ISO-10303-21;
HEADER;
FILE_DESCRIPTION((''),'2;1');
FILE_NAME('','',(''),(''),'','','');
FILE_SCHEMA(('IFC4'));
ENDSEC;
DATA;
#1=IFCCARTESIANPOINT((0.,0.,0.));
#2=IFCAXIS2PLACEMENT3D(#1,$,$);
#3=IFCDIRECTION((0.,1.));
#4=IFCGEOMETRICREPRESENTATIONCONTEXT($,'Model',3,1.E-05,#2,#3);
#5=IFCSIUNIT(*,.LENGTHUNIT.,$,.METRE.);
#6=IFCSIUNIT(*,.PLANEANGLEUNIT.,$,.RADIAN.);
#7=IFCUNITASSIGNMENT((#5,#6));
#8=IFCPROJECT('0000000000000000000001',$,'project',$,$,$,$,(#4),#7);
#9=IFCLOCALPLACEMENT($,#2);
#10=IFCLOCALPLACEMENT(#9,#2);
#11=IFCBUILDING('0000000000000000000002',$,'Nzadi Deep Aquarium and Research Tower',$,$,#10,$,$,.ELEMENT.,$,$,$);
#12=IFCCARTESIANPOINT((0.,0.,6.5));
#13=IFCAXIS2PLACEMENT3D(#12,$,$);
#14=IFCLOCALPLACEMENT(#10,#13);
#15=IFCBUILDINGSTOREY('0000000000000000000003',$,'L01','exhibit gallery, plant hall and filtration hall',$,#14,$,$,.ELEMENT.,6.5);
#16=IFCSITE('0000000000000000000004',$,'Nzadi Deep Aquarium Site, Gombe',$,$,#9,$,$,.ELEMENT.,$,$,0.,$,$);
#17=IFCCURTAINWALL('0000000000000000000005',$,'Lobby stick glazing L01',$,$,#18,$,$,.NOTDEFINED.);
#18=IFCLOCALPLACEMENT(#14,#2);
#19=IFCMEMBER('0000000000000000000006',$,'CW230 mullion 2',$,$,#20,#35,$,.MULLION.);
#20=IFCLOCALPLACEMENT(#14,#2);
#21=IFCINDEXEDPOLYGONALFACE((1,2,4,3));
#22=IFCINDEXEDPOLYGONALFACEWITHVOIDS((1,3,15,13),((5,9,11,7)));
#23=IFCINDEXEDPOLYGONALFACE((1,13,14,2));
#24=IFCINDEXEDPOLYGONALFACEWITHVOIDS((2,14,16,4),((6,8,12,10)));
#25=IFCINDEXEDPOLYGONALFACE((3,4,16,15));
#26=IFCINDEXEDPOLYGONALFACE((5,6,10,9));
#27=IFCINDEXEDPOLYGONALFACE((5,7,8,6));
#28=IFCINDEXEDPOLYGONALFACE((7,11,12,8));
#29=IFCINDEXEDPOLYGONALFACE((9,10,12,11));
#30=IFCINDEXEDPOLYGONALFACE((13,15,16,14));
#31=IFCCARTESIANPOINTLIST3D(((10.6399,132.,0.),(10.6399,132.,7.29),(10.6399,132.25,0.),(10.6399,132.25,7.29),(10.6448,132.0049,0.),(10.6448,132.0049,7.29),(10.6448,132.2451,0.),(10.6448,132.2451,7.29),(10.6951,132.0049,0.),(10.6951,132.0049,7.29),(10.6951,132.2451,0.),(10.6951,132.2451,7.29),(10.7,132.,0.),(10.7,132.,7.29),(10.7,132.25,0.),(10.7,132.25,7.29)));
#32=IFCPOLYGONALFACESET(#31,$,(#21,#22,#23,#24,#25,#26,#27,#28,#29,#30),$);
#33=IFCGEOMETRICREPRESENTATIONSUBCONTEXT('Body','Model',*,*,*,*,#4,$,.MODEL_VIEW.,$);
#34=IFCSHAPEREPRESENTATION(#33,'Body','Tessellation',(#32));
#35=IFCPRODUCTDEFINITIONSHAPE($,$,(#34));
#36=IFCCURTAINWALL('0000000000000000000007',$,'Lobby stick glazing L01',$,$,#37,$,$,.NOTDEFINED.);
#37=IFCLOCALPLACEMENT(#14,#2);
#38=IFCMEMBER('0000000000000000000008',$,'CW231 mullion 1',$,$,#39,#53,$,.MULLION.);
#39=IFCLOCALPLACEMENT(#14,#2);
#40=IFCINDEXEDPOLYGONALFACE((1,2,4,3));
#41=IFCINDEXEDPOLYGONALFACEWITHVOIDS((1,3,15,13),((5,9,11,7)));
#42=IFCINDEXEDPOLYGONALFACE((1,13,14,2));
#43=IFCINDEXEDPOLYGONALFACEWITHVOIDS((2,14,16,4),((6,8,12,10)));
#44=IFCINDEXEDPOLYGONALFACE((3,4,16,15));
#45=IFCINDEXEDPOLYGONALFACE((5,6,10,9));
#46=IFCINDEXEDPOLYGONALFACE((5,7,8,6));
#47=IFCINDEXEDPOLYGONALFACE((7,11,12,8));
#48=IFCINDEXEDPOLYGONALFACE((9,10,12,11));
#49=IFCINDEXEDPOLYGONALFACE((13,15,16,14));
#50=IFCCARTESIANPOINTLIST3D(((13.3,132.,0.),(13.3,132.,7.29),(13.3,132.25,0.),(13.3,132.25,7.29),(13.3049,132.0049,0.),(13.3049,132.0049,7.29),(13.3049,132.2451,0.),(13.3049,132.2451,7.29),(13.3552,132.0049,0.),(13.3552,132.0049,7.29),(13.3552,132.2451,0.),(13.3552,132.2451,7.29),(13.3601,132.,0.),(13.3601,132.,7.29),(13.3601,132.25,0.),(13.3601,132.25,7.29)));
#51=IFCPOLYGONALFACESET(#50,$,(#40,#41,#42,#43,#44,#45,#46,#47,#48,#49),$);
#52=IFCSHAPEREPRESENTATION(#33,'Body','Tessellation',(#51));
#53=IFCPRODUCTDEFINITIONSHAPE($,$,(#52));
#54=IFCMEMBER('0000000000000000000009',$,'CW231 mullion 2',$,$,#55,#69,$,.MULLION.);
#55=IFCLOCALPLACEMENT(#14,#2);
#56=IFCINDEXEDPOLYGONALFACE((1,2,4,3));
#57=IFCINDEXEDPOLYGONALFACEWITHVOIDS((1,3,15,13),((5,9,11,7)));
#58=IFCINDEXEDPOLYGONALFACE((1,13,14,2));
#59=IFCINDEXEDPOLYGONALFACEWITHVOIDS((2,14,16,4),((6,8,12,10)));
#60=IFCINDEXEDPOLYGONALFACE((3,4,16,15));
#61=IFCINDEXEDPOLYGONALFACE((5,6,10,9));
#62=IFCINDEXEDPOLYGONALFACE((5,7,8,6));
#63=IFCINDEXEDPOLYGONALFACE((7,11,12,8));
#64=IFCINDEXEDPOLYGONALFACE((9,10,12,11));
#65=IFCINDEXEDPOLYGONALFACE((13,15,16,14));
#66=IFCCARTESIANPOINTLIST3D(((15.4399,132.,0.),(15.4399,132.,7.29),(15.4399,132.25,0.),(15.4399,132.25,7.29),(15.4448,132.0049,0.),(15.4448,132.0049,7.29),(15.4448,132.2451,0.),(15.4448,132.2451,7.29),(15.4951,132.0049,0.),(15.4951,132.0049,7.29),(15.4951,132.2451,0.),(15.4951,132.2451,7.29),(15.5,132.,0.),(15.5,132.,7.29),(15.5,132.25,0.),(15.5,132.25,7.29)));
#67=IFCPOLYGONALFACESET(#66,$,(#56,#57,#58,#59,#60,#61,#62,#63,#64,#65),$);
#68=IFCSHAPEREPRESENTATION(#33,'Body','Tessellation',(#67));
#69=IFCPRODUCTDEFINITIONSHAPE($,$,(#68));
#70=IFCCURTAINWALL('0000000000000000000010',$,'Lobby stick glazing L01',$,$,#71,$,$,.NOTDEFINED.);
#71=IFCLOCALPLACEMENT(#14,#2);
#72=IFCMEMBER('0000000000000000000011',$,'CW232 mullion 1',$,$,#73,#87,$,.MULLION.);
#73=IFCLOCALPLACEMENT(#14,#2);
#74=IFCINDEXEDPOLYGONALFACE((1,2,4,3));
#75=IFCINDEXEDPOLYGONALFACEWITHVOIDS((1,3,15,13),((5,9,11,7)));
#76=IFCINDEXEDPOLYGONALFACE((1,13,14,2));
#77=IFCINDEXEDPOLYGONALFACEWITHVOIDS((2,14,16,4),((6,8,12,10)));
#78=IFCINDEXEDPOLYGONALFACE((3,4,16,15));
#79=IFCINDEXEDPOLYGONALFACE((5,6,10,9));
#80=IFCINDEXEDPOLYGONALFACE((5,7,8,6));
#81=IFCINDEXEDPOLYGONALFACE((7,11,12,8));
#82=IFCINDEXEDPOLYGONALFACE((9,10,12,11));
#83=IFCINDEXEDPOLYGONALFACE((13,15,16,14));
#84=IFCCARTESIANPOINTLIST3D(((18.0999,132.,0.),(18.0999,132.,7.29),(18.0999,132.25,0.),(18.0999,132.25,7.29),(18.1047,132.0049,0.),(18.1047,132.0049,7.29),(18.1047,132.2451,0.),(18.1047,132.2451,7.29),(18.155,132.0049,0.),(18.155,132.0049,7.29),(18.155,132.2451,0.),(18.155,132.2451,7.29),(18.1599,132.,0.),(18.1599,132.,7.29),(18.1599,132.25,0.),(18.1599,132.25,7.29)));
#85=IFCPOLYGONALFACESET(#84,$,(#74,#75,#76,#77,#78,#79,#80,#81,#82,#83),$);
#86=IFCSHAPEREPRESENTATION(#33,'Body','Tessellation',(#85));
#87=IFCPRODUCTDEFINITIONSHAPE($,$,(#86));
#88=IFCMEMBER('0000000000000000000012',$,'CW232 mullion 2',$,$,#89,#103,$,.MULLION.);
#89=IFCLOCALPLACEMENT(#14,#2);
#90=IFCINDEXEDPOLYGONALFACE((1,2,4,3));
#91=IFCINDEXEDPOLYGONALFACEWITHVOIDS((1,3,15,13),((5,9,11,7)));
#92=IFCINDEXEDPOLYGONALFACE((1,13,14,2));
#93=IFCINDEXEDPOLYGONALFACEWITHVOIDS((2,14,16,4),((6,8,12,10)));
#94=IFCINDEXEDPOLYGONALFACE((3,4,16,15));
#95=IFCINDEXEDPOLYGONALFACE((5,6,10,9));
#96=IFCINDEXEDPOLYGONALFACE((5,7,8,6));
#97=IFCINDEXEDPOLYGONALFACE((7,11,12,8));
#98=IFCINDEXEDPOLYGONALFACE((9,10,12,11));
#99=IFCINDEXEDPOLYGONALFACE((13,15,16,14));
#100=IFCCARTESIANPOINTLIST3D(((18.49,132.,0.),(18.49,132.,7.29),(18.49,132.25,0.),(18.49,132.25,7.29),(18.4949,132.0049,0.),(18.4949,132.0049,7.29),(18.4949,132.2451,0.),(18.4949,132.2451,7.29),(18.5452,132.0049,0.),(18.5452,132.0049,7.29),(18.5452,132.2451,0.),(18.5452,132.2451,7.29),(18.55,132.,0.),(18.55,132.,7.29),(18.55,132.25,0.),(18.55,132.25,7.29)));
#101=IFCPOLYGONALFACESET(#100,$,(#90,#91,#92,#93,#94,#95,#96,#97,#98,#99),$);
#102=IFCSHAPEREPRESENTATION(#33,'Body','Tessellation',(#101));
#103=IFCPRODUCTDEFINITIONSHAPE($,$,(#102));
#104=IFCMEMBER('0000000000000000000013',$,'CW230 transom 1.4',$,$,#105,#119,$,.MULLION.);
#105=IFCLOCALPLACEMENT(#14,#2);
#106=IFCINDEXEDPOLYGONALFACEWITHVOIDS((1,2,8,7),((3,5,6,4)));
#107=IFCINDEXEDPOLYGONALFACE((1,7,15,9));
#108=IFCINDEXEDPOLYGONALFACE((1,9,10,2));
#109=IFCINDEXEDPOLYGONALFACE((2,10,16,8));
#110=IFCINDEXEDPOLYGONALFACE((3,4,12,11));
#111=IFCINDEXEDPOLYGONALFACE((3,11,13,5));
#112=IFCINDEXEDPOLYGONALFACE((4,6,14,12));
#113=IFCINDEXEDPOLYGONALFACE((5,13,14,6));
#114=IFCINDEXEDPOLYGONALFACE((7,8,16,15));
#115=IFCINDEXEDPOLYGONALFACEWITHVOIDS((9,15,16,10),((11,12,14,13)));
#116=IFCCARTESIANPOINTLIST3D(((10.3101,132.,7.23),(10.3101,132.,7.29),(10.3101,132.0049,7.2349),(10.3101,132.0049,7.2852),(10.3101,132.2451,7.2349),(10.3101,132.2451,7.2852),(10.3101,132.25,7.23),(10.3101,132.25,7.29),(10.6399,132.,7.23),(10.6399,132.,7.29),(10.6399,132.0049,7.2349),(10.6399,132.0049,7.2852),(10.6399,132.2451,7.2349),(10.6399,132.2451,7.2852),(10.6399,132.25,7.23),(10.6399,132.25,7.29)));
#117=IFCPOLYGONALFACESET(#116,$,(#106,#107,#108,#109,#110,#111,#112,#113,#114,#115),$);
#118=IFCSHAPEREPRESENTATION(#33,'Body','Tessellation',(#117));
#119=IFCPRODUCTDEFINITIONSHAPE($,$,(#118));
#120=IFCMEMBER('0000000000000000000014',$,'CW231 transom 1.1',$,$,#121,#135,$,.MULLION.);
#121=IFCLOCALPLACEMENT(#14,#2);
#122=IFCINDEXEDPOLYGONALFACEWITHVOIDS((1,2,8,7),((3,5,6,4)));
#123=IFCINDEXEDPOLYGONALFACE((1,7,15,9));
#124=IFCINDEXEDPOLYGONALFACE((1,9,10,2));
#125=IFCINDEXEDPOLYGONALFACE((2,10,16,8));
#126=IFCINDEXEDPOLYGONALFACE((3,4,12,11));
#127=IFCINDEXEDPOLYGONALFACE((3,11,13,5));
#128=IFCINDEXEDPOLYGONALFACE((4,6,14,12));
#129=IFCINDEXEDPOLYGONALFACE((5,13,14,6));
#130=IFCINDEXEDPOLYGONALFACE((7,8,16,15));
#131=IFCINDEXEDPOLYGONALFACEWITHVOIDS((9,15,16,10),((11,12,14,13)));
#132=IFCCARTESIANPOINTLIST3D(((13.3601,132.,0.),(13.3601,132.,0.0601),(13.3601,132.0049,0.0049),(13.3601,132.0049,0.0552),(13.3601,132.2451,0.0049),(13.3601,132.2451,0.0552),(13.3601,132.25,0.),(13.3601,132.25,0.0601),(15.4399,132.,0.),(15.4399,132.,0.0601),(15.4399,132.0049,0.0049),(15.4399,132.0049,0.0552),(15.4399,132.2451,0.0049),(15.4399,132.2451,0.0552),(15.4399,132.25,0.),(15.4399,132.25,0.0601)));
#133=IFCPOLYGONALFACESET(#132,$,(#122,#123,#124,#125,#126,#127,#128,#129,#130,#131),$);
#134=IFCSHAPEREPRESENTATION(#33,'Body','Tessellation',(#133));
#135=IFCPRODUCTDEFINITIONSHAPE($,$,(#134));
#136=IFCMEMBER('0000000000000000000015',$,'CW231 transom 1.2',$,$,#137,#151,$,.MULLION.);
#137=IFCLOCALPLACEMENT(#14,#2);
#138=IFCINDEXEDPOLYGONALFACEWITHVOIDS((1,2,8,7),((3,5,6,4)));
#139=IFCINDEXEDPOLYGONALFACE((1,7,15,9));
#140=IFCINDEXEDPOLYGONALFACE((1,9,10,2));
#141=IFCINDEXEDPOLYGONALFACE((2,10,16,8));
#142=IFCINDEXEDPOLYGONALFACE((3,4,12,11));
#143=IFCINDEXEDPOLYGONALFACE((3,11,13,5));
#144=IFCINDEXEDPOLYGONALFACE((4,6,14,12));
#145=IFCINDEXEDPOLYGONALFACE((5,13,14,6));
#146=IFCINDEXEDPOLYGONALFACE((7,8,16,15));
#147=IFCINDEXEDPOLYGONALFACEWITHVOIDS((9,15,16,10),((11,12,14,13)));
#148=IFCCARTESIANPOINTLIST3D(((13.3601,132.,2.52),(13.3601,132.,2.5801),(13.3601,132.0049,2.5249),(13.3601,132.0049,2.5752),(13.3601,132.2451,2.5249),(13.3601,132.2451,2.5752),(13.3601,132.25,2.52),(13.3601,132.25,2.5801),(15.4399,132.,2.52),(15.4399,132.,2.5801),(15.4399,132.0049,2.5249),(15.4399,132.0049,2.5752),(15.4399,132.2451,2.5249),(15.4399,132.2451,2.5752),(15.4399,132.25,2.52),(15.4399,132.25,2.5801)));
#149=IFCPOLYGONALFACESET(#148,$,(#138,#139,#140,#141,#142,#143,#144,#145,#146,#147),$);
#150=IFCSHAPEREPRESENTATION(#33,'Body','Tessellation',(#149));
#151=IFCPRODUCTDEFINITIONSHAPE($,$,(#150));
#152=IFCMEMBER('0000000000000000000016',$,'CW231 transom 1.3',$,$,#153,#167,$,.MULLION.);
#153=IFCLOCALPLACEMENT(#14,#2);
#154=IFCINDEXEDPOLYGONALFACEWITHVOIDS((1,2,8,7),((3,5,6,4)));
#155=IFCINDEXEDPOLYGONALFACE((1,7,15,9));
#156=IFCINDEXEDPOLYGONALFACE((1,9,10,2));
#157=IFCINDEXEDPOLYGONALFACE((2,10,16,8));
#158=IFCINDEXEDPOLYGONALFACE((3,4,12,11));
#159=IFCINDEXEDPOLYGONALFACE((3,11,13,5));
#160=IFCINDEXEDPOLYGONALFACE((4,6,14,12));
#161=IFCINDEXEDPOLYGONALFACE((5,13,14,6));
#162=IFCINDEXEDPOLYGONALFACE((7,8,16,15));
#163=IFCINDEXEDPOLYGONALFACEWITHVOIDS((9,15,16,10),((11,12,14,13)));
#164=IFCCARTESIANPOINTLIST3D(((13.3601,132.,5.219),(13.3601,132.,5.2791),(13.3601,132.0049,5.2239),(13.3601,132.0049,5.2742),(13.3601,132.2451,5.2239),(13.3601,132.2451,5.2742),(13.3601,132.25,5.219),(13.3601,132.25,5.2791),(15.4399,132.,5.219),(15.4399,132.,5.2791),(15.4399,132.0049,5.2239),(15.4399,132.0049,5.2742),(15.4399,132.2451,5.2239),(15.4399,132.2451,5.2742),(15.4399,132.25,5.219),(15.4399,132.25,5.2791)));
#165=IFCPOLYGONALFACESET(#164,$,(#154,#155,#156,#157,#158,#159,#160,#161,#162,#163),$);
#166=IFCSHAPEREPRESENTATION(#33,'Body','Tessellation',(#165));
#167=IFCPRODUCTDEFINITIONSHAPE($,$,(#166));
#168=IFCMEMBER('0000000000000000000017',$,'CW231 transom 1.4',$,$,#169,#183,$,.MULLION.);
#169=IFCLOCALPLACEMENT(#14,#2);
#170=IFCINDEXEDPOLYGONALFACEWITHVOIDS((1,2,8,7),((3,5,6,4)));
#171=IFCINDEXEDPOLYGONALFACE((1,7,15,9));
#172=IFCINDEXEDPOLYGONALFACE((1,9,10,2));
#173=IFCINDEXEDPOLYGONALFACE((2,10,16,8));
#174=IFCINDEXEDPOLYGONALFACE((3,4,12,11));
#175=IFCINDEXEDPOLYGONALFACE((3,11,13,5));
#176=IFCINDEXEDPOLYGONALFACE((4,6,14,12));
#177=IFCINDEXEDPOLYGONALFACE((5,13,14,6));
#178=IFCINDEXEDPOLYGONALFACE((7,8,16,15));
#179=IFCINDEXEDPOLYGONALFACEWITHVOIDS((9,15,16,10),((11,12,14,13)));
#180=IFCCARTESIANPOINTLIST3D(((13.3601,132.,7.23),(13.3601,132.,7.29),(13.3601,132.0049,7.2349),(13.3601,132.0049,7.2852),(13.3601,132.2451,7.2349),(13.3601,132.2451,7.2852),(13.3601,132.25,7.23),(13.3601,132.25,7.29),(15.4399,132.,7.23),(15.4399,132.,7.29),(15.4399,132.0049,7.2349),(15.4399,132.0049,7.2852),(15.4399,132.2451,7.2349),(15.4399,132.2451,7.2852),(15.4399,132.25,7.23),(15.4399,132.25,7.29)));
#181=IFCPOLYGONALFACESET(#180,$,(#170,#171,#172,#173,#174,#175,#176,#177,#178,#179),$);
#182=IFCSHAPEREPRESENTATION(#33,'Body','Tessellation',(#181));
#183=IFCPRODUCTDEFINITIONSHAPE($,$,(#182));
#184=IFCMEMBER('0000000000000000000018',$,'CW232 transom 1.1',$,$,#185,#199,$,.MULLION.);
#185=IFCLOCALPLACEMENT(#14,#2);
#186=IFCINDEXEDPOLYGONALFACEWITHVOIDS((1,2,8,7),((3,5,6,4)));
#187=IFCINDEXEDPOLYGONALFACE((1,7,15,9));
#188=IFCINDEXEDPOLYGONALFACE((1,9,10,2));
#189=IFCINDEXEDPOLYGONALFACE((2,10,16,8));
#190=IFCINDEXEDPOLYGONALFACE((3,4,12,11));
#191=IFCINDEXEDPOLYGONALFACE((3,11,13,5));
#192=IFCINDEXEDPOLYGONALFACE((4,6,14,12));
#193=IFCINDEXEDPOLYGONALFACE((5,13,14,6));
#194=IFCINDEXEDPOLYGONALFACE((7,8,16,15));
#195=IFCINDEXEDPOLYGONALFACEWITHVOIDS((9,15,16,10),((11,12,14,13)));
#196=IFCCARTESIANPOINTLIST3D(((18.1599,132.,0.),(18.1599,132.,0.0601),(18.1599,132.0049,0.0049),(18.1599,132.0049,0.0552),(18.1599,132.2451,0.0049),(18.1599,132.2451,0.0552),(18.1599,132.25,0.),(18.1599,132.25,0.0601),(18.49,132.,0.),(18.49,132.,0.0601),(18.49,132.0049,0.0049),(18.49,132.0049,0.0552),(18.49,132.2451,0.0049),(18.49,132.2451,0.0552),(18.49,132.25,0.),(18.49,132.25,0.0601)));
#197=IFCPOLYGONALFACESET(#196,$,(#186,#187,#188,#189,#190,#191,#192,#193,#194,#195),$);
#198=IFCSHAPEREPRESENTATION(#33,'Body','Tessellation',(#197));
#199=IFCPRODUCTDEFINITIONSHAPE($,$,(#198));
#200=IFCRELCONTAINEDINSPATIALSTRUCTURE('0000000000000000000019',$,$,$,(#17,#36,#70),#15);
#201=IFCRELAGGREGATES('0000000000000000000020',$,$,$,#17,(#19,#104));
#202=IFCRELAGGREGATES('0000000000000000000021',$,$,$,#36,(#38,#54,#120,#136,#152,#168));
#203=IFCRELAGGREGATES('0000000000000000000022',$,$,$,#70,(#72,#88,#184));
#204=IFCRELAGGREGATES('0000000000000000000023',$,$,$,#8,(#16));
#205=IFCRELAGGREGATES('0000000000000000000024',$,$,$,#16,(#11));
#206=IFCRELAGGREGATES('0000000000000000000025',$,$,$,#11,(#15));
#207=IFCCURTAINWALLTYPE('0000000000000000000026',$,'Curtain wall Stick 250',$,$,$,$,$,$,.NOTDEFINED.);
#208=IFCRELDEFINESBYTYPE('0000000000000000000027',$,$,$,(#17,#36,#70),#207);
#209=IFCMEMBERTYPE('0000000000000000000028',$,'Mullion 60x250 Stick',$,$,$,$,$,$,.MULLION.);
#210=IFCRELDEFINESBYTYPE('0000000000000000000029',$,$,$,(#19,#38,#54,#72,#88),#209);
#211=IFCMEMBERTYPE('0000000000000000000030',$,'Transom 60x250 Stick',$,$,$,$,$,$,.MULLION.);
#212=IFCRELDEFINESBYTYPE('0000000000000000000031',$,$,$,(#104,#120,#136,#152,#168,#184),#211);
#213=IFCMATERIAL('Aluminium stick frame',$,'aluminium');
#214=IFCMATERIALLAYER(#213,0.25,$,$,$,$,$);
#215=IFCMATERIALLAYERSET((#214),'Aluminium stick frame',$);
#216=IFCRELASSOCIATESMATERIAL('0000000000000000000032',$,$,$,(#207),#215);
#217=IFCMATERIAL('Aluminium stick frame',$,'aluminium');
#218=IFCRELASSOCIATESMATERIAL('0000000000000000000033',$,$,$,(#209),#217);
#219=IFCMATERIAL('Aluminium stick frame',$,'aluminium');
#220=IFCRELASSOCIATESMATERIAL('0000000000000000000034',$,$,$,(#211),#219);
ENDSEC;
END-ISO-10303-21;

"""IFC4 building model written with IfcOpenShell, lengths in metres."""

from ifc_helpers import new_model, si_unit, direction, frame, origin, origin_2d, place, context, subcontext, project, spatial, hollow_rectangle, extrude, material, layer, layer_set, material_profile, profile_set, type_object, element, aggregate, save


model = new_model("IFC4")

# Units and contexts
model_context = context("Model", 3, precision=1e-05, world=origin(), true_north=direction((0.0, 1.0)))
body_context = subcontext(model_context, "Body", "Model", "MODEL_VIEW")
ifc_project = project(units=[si_unit("LENGTHUNIT", "METRE"), si_unit("PLANEANGLEUNIT", "RADIAN")], contexts=[model_context])

# Site, building, storey
site_placement = place(None, origin())
site = spatial("IfcSite", under=ifc_project, at=site_placement, Name="Nzadi Deep Aquarium Site, Gombe", CompositionType="ELEMENT", RefElevation=0.0)
building_placement = place(site_placement, origin())
building = spatial("IfcBuilding", under=site, at=building_placement, Name="Nzadi Deep Aquarium and Research Tower", CompositionType="ELEMENT")
storey_placement = place(building_placement, frame((0.0, 0.0, 6.5)))
storey = spatial("IfcBuildingStorey", under=building, at=storey_placement, Name="L01", Description="exhibit gallery, plant hall and filtration hall", CompositionType="ELEMENT", Elevation=6.5)

# Curtain wall, member
ifc_material_1 = material(Name="Aluminium stick frame", Category="aluminium")
ifc_layer_1 = layer(ifc_material_1, 0.25)
ifc_layer_set_1 = layer_set([ifc_layer_1], Name="Aluminium stick frame")
curtain_wall_type = type_object("IfcCurtainWallType", Name="Curtain wall Stick 250", PredefinedType="NOTDEFINED", material=ifc_layer_set_1)
curtain_wall_1_placement = place(storey_placement, origin())
curtain_wall_1 = element("IfcCurtainWall", 1, at=curtain_wall_1_placement, inside=storey, type_object=curtain_wall_type, Name="Lobby stick glazing L01", PredefinedType="NOTDEFINED")
ifc_material_2 = material(Name="Aluminium stick frame", Category="aluminium")
ifc_material_profile_1 = material_profile(ifc_material_2, hollow_rectangle(XDim=0.25, YDim=0.0601, WallThickness=0.0049, at=origin_2d()))
ifc_profile_set_1 = profile_set([ifc_material_profile_1], Name="Aluminium stick frame")
member_type_1 = type_object("IfcMemberType", Name="Mullion 60x250 Stick", PredefinedType="MULLION", material=ifc_profile_set_1)
member_1_placement = place(storey_placement, frame((10.6699, 132.125, 0.0), z_axis=(0.0, 0.0, 1.0), x_axis=(0.0, 1.0, 0.0)))
member_1 = element("IfcMember", 2, at=member_1_placement, type_object=member_type_1, Name="CW230 mullion 2", PredefinedType="MULLION", context=body_context, shape_type="SweptSolid", body=[
    extrude(hollow_rectangle(XDim=0.25, YDim=0.0601, WallThickness=0.0049, at=origin_2d()), origin(), (0.0, 0.0, 1.0), 7.29),
])

# Curtain walls, members
curtain_wall_2_placement = place(storey_placement, origin())
curtain_wall_2 = element("IfcCurtainWall", 3, at=curtain_wall_2_placement, inside=storey, type_object=curtain_wall_type, Name="Lobby stick glazing L01", PredefinedType="NOTDEFINED")
member_2_placement = place(storey_placement, frame((13.3301, 132.125, 0.0), z_axis=(0.0, 0.0, 1.0), x_axis=(0.0, 1.0, 0.0)))
member_2 = element("IfcMember", 4, at=member_2_placement, type_object=member_type_1, Name="CW231 mullion 1", PredefinedType="MULLION", context=body_context, shape_type="SweptSolid", body=[
    extrude(hollow_rectangle(XDim=0.25, YDim=0.0601, WallThickness=0.0049, at=origin_2d()), origin(), (0.0, 0.0, 1.0), 7.29),
])
member_3_placement = place(storey_placement, frame((15.47, 132.125, 0.0), z_axis=(0.0, 0.0, 1.0), x_axis=(0.0, 1.0, 0.0)))
member_3 = element("IfcMember", 5, at=member_3_placement, type_object=member_type_1, Name="CW231 mullion 2", PredefinedType="MULLION", context=body_context, shape_type="SweptSolid", body=[
    extrude(hollow_rectangle(XDim=0.25, YDim=0.0601, WallThickness=0.0049, at=origin_2d()), origin(), (0.0, 0.0, 1.0), 7.29),
])
curtain_wall_3_placement = place(storey_placement, origin())
curtain_wall_3 = element("IfcCurtainWall", 6, at=curtain_wall_3_placement, inside=storey, type_object=curtain_wall_type, Name="Lobby stick glazing L01", PredefinedType="NOTDEFINED")
member_4_placement = place(storey_placement, frame((18.1299, 132.125, 0.0), z_axis=(0.0, 0.0, 1.0), x_axis=(0.0, 1.0, 0.0)))
member_4 = element("IfcMember", 7, at=member_4_placement, type_object=member_type_1, Name="CW232 mullion 1", PredefinedType="MULLION", context=body_context, shape_type="SweptSolid", body=[
    extrude(hollow_rectangle(XDim=0.25, YDim=0.0601, WallThickness=0.0049, at=origin_2d()), origin(), (0.0, 0.0, 1.0), 7.29),
])
member_5_placement = place(storey_placement, frame((18.52, 132.125, 0.0), z_axis=(0.0, 0.0, 1.0), x_axis=(0.0, 1.0, 0.0)))
member_5 = element("IfcMember", 8, at=member_5_placement, type_object=member_type_1, Name="CW232 mullion 2", PredefinedType="MULLION", context=body_context, shape_type="SweptSolid", body=[
    extrude(hollow_rectangle(XDim=0.25, YDim=0.0601, WallThickness=0.0049, at=origin_2d()), origin(), (0.0, 0.0, 1.0), 7.29),
])

# Members
ifc_material_3 = material(Name="Aluminium stick frame", Category="aluminium")
ifc_material_profile_2 = material_profile(ifc_material_3, hollow_rectangle(XDim=0.25, YDim=0.0601, WallThickness=0.0049, at=origin_2d()))
ifc_profile_set_2 = profile_set([ifc_material_profile_2], Name="Aluminium stick frame")
member_type_2 = type_object("IfcMemberType", Name="Transom 60x250 Stick", PredefinedType="MULLION", material=ifc_profile_set_2)
member_6_placement = place(storey_placement, frame((10.3101, 132.125, 7.26), z_axis=(1.0, 0.0, 0.0), x_axis=(0.0, 1.0, 0.0)))
member_6 = element("IfcMember", 9, at=member_6_placement, type_object=member_type_2, Name="CW230 transom 1.4", PredefinedType="MULLION", context=body_context, shape_type="SweptSolid", body=[
    extrude(hollow_rectangle(XDim=0.25, YDim=0.0601, WallThickness=0.0049, at=origin_2d()), origin(), (0.0, 0.0, 1.0), 0.3298),
])
member_7_placement = place(storey_placement, frame((13.3601, 132.125, 0.03), z_axis=(1.0, 0.0, 0.0), x_axis=(0.0, 1.0, 0.0)))
member_7 = element("IfcMember", 10, at=member_7_placement, type_object=member_type_2, Name="CW231 transom 1.1", PredefinedType="MULLION", context=body_context, shape_type="SweptSolid", body=[
    extrude(hollow_rectangle(XDim=0.25, YDim=0.0601, WallThickness=0.0049, at=origin_2d()), origin(), (0.0, 0.0, 1.0), 2.0798),
])
member_8_placement = place(storey_placement, frame((13.3601, 132.125, 2.55), z_axis=(1.0, 0.0, 0.0), x_axis=(0.0, 1.0, 0.0)))
member_8 = element("IfcMember", 11, at=member_8_placement, type_object=member_type_2, Name="CW231 transom 1.2", PredefinedType="MULLION", context=body_context, shape_type="SweptSolid", body=[
    extrude(hollow_rectangle(XDim=0.25, YDim=0.0601, WallThickness=0.0049, at=origin_2d()), origin(), (0.0, 0.0, 1.0), 2.0798),
])
member_9_placement = place(storey_placement, frame((13.3601, 132.125, 5.249), z_axis=(1.0, 0.0, 0.0), x_axis=(0.0, 1.0, 0.0)))
member_9 = element("IfcMember", 12, at=member_9_placement, type_object=member_type_2, Name="CW231 transom 1.3", PredefinedType="MULLION", context=body_context, shape_type="SweptSolid", body=[
    extrude(hollow_rectangle(XDim=0.25, YDim=0.0601, WallThickness=0.0049, at=origin_2d()), origin(), (0.0, 0.0, 1.0), 2.0798),
])
member_10_placement = place(storey_placement, frame((13.3601, 132.125, 7.26), z_axis=(1.0, 0.0, 0.0), x_axis=(0.0, 1.0, 0.0)))
member_10 = element("IfcMember", 13, at=member_10_placement, type_object=member_type_2, Name="CW231 transom 1.4", PredefinedType="MULLION", context=body_context, shape_type="SweptSolid", body=[
    extrude(hollow_rectangle(XDim=0.25, YDim=0.0601, WallThickness=0.0049, at=origin_2d()), origin(), (0.0, 0.0, 1.0), 2.0798),
])
member_11_placement = place(storey_placement, frame((18.1599, 132.125, 0.03), z_axis=(1.0, 0.0, 0.0), x_axis=(0.0, 1.0, 0.0)))
member_11 = element("IfcMember", 14, at=member_11_placement, type_object=member_type_2, Name="CW232 transom 1.1", PredefinedType="MULLION", context=body_context, shape_type="SweptSolid", body=[
    extrude(hollow_rectangle(XDim=0.25, YDim=0.0601, WallThickness=0.0049, at=origin_2d()), origin(), (0.0, 0.0, 1.0), 0.3301),
])

aggregate(curtain_wall_1, [member_1, member_6])
aggregate(curtain_wall_2, [member_2, member_3, member_7, member_8, member_9, member_10])
aggregate(curtain_wall_3, [member_4, member_5, member_11])

save(model, "model.ifc")
